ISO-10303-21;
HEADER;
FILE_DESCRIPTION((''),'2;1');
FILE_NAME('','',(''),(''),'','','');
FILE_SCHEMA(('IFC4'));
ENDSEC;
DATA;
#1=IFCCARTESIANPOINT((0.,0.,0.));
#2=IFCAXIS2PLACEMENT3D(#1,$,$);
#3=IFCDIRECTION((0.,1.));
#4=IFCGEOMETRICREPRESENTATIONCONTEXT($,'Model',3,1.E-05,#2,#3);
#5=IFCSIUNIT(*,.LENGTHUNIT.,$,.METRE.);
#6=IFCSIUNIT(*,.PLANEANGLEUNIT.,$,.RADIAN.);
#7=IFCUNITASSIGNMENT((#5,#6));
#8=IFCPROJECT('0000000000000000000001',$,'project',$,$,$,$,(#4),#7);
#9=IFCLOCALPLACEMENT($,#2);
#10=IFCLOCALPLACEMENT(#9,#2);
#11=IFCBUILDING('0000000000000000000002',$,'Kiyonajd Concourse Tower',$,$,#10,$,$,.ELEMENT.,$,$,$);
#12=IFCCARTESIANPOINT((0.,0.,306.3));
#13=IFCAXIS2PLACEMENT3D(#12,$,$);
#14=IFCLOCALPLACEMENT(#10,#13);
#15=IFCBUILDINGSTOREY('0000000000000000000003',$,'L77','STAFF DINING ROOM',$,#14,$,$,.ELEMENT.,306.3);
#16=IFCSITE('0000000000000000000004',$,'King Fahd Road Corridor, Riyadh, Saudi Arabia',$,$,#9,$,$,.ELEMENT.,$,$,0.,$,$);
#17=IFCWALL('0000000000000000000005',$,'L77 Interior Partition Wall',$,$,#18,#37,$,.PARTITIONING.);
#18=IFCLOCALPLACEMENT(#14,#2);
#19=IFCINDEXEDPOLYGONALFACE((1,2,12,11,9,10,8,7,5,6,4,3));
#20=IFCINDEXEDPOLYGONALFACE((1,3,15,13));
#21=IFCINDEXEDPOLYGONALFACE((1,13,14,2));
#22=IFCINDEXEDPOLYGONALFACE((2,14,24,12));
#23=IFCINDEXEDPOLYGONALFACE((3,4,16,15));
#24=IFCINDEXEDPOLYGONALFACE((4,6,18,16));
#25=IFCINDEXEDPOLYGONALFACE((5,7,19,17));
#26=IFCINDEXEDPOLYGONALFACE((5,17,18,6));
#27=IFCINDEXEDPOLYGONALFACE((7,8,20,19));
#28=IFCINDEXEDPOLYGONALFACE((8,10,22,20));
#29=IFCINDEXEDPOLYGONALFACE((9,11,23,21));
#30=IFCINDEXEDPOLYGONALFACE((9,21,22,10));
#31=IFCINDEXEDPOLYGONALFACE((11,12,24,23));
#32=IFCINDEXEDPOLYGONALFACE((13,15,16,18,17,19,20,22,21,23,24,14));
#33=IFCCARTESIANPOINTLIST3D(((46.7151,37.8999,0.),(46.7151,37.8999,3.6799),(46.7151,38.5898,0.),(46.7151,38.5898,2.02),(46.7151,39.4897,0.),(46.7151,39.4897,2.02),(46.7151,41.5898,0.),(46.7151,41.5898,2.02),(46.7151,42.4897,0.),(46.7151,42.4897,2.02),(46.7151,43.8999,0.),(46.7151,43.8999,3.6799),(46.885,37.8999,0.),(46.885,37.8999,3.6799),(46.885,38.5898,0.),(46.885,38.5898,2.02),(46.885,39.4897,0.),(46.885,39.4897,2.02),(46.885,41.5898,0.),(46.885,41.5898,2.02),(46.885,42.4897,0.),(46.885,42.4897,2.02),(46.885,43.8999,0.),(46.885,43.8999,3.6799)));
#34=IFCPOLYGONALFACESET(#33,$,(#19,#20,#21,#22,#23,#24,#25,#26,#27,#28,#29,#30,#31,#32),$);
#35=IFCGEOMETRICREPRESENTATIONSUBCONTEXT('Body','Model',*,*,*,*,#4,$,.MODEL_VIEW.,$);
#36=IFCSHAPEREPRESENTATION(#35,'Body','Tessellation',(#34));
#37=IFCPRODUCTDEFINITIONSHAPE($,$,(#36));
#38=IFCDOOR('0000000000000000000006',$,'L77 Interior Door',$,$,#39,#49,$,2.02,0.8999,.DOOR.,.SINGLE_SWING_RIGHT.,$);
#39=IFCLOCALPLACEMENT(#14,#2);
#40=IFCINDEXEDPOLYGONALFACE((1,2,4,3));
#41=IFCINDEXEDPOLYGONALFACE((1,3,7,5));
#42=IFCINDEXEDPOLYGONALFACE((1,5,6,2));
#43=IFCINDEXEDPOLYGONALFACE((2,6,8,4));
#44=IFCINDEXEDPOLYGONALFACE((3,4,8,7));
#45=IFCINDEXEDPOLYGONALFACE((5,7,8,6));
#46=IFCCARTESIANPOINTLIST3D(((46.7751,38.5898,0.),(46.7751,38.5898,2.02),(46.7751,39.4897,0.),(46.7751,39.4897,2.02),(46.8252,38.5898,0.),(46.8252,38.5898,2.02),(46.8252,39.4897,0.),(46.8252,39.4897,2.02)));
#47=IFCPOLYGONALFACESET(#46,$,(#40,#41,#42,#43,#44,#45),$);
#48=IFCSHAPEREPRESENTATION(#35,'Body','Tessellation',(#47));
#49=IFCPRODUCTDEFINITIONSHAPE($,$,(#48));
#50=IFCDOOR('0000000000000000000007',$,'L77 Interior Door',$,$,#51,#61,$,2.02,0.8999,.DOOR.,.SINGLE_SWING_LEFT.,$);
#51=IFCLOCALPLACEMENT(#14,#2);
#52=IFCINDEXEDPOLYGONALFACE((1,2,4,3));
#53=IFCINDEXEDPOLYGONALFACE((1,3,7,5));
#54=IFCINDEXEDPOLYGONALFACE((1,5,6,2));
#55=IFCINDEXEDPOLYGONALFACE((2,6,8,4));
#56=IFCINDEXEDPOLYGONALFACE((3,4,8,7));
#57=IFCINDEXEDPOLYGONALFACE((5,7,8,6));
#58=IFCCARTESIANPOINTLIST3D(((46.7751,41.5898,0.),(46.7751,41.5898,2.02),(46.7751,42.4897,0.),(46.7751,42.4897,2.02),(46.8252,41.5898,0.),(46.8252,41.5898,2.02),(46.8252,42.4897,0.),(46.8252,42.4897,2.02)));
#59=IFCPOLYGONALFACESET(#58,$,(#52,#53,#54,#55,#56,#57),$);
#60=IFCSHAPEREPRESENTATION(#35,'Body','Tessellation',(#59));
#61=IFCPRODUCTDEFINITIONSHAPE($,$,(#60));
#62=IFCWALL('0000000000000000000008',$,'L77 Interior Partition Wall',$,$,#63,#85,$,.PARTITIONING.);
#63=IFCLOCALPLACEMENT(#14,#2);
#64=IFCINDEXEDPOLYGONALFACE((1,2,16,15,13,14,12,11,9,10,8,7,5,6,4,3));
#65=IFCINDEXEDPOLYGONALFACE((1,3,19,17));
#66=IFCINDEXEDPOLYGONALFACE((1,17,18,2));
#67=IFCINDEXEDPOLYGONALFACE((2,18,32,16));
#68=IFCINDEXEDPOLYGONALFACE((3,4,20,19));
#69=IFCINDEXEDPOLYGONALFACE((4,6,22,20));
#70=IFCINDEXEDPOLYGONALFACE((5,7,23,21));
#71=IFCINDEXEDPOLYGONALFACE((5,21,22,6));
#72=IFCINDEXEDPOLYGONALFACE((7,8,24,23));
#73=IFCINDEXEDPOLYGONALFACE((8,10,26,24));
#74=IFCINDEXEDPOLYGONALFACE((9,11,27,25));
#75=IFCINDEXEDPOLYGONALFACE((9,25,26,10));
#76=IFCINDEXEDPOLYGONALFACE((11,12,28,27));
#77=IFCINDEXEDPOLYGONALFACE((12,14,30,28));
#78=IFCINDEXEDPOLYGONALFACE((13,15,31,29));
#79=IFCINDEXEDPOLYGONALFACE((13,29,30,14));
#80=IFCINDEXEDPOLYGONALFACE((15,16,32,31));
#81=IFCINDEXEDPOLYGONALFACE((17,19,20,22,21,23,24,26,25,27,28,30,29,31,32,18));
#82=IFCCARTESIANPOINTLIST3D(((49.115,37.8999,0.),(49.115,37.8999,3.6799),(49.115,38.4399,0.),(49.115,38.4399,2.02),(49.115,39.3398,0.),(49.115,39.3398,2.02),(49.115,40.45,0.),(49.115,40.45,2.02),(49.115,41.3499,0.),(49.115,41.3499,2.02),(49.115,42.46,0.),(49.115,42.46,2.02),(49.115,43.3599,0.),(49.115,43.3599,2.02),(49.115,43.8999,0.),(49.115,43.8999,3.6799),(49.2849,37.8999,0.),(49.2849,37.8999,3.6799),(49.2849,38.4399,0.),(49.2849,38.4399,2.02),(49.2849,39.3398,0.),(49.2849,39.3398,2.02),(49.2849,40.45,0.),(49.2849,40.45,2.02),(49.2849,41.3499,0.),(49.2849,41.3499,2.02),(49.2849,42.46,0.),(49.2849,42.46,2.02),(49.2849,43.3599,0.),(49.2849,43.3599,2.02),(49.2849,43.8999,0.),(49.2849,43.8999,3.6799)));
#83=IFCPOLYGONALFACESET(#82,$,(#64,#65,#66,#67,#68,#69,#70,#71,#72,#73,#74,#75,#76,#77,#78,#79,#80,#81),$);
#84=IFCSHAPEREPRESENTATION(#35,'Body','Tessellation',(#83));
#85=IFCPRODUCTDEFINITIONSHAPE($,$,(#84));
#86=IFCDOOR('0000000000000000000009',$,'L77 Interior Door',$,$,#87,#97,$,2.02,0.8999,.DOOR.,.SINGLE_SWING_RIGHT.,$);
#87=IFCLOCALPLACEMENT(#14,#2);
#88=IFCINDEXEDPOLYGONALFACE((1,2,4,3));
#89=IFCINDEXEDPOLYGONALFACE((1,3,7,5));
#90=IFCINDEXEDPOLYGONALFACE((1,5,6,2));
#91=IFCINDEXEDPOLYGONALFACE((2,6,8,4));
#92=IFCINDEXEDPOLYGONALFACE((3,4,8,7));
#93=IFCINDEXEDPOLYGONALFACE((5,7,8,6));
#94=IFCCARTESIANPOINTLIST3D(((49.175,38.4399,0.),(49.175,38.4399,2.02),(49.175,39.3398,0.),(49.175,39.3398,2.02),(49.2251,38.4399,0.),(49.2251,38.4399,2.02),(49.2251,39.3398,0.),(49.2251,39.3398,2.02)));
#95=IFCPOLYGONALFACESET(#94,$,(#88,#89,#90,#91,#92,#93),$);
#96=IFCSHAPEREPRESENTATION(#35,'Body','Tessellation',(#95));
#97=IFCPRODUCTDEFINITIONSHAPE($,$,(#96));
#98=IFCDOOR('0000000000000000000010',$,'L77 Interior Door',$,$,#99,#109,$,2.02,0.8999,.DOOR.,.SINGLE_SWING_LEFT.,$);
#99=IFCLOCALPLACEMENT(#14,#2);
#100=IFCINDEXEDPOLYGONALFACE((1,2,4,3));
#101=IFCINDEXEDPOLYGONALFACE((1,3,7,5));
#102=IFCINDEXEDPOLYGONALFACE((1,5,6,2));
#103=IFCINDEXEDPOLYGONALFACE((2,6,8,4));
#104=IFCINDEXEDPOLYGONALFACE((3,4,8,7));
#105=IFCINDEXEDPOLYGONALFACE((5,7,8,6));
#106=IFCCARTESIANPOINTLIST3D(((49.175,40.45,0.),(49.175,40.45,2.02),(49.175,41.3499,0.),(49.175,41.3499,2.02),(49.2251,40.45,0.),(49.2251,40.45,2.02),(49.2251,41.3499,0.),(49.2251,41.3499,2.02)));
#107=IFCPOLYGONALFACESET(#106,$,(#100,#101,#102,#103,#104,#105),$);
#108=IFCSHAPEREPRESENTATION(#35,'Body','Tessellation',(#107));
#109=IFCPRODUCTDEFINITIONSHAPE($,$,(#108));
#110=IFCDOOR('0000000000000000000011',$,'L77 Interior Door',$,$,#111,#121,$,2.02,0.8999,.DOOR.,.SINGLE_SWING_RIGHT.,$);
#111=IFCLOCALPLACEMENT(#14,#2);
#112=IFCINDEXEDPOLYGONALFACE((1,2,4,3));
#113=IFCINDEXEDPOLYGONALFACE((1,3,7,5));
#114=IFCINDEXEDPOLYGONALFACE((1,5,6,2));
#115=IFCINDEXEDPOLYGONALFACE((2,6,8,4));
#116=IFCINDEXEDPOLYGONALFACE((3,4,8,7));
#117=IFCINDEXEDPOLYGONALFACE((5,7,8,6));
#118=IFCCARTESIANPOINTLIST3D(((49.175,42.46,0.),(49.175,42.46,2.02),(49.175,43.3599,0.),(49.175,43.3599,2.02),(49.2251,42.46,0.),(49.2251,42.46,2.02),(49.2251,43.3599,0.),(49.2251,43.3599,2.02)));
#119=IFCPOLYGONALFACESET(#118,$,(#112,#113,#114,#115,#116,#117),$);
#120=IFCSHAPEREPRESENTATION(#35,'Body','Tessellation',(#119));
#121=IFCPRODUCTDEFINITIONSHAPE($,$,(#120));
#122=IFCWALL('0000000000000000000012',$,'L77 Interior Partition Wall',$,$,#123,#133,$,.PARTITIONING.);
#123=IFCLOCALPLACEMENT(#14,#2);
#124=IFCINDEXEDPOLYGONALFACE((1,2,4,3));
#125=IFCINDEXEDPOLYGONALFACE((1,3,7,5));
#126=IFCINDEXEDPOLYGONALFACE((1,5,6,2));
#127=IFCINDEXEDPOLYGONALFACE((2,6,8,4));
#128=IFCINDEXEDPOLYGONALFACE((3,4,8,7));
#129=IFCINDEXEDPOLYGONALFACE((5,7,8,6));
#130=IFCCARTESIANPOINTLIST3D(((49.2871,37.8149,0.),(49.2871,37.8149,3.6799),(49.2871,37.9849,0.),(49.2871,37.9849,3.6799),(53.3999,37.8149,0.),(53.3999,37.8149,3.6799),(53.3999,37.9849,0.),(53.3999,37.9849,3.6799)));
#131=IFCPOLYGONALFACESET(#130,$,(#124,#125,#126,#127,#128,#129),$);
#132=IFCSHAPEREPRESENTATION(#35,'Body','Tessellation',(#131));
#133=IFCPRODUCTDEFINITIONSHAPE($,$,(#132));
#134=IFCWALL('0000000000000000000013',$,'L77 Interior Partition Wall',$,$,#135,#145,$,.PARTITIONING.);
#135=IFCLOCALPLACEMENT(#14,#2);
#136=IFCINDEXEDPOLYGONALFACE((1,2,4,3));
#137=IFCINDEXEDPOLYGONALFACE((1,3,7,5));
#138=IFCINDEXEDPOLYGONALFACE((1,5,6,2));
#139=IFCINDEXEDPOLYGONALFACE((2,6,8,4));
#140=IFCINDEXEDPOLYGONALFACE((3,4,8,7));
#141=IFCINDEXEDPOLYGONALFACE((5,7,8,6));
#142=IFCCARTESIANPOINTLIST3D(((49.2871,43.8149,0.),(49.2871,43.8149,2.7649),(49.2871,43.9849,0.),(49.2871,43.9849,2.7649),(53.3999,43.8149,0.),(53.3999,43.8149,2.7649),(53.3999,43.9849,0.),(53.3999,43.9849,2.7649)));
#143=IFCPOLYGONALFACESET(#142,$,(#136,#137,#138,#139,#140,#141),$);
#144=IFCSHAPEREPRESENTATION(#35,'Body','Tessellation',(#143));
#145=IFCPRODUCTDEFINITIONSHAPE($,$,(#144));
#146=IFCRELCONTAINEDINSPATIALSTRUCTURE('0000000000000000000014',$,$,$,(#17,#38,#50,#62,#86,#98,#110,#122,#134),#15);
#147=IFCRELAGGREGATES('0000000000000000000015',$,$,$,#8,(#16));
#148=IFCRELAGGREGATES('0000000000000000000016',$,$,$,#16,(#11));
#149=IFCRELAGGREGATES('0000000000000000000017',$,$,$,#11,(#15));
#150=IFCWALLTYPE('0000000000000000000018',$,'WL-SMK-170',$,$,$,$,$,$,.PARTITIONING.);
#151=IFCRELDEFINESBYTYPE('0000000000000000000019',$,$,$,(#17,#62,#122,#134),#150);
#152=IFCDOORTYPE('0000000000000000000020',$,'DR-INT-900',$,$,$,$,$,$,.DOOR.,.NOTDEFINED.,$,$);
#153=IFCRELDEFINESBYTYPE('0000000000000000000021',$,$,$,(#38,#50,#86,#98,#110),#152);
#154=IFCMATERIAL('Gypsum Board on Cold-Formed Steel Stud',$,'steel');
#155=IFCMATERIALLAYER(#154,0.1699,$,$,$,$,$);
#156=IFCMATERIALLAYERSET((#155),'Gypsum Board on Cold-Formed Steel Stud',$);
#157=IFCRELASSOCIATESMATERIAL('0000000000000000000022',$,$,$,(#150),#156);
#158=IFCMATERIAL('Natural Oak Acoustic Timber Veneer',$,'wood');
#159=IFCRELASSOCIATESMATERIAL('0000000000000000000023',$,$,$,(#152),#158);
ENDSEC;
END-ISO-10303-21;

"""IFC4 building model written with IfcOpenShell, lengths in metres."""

from ifc_helpers import new_model, si_unit, direction, frame, frame_2d, origin, place, context, subcontext, project, spatial, rectangle, extrude, material, layer, layer_set, type_object, element, fill, save


model = new_model("IFC4")

# Units and contexts
model_context = context("Model", 3, precision=1e-05, world=origin(), true_north=direction((0.0, 1.0)))
body_context = subcontext(model_context, "Body", "Model", "MODEL_VIEW")
ifc_project = project(units=[si_unit("LENGTHUNIT", "METRE"), si_unit("PLANEANGLEUNIT", "RADIAN")], contexts=[model_context])

# Site, building, storey
site_placement = place(None, origin())
site = spatial("IfcSite", under=ifc_project, at=site_placement, Name="King Fahd Road Corridor, Riyadh, Saudi Arabia", CompositionType="ELEMENT", RefElevation=0.0)
building_placement = place(site_placement, origin())
building = spatial("IfcBuilding", under=site, at=building_placement, Name="Kiyonajd Concourse Tower", CompositionType="ELEMENT")
storey_placement = place(building_placement, frame((0.0, 0.0, 306.3)))
storey = spatial("IfcBuildingStorey", under=building, at=storey_placement, Name="L77", Description="STAFF DINING ROOM", CompositionType="ELEMENT", Elevation=306.3)

# Shared definitions
ifc_material_1 = material(Name="Gypsum Board on Cold-Formed Steel Stud", Category="steel")

# Walls, openings, doors
ifc_layer_1 = layer(ifc_material_1, 0.1699)
ifc_layer_set_1 = layer_set([ifc_layer_1], Name="Gypsum Board on Cold-Formed Steel Stud")
wall_type_1 = type_object("IfcWallType", Name="WL-SMK-170", PredefinedType="PARTITIONING", material=ifc_layer_set_1)
wall_1_placement = place(storey_placement, frame((46.8, 37.8999, 0.0), z_axis=(0.0, 0.0, 1.0), x_axis=(0.0, 1.0, 0.0)))
wall_1 = element("IfcWall", 1, at=wall_1_placement, inside=storey, type_object=wall_type_1, Name="L77 Interior Partition Wall", PredefinedType="PARTITIONING", context=body_context, shape_type="SweptSolid", body=[
    extrude(rectangle(XDim=6.0, YDim=0.1699, at=frame_2d((3.0, 0.0))), origin(), (0.0, 0.0, 1.0), 3.6799),
])
opening_1_placement = place(wall_1_placement, frame((0.6899, 0.0, 0.0)))
opening_1 = element("IfcOpeningElement", 2, at=opening_1_placement, cuts=wall_1, PredefinedType="OPENING", context=body_context, shape_type="SweptSolid", body=[
    extrude(rectangle(XDim=0.8999, YDim=2.02, at=frame_2d((0.45, 1.01))), frame((0.0, 0.095, 0.0), z_axis=(0.0, -1.0, 0.0), x_axis=(1.0, 0.0, 0.0)), (0.0, 0.0, 1.0), 0.1899),
])
opening_2_placement = place(wall_1_placement, frame((3.6899, 0.0, 0.0)))
opening_2 = element("IfcOpeningElement", 3, at=opening_2_placement, cuts=wall_1, PredefinedType="OPENING", context=body_context, shape_type="SweptSolid", body=[
    extrude(rectangle(XDim=0.8999, YDim=2.02, at=frame_2d((0.45, 1.01))), frame((0.0, 0.095, 0.0), z_axis=(0.0, -1.0, 0.0), x_axis=(1.0, 0.0, 0.0)), (0.0, 0.0, 1.0), 0.1899),
])
ifc_material_2 = material(Name="Natural Oak Acoustic Timber Veneer", Category="wood")
door_type_1 = type_object("IfcDoorType", Name="DR-INT-900", OperationType="NOTDEFINED", PredefinedType="DOOR", material=ifc_material_2)
door_1_placement = place(opening_1_placement, origin())
door_1 = element("IfcDoor", 4, at=door_1_placement, inside=storey, type_object=door_type_1, Name="L77 Interior Door", OperationType="SINGLE_SWING_RIGHT", OverallHeight=2.02, OverallWidth=0.8999, PredefinedType="DOOR", context=body_context, shape_type="SweptSolid", body=[
    extrude(rectangle(XDim=0.8999, YDim=2.02, at=frame_2d((0.45, 1.01))), frame((0.0, 0.0249, 0.0), z_axis=(0.0, -1.0, 0.0), x_axis=(1.0, 0.0, 0.0)), (0.0, 0.0, 1.0), 0.05),
])
fill(opening_1, door_1)
door_2_placement = place(opening_2_placement, origin())
door_2 = element("IfcDoor", 5, at=door_2_placement, inside=storey, type_object=door_type_1, Name="L77 Interior Door", OperationType="SINGLE_SWING_LEFT", OverallHeight=2.02, OverallWidth=0.8999, PredefinedType="DOOR", context=body_context, shape_type="SweptSolid", body=[
    extrude(rectangle(XDim=0.8999, YDim=2.02, at=frame_2d((0.45, 1.01))), frame((0.0, 0.0249, 0.0), z_axis=(0.0, -1.0, 0.0), x_axis=(1.0, 0.0, 0.0)), (0.0, 0.0, 1.0), 0.05),
])
fill(opening_2, door_2)
wall_2_placement = place(storey_placement, frame((49.2, 37.8999, 0.0), z_axis=(0.0, 0.0, 1.0), x_axis=(0.0, 1.0, 0.0)))
wall_2 = element("IfcWall", 6, at=wall_2_placement, inside=storey, type_object=wall_type_1, Name="L77 Interior Partition Wall", PredefinedType="PARTITIONING", context=body_context, shape_type="SweptSolid", body=[
    extrude(rectangle(XDim=6.0, YDim=0.1699, at=frame_2d((3.0, 0.0))), origin(), (0.0, 0.0, 1.0), 3.6799),
])
opening_3_placement = place(wall_2_placement, frame((0.54, 0.0, 0.0)))
opening_3 = element("IfcOpeningElement", 7, at=opening_3_placement, cuts=wall_2, PredefinedType="OPENING", context=body_context, shape_type="SweptSolid", body=[
    extrude(rectangle(XDim=0.8999, YDim=2.02, at=frame_2d((0.45, 1.01))), frame((0.0, 0.095, 0.0), z_axis=(0.0, -1.0, 0.0), x_axis=(1.0, 0.0, 0.0)), (0.0, 0.0, 1.0), 0.1899),
])
opening_4_placement = place(wall_2_placement, frame((2.55, 0.0, 0.0)))
opening_4 = element("IfcOpeningElement", 8, at=opening_4_placement, cuts=wall_2, PredefinedType="OPENING", context=body_context, shape_type="SweptSolid", body=[
    extrude(rectangle(XDim=0.8999, YDim=2.02, at=frame_2d((0.45, 1.01))), frame((0.0, 0.095, 0.0), z_axis=(0.0, -1.0, 0.0), x_axis=(1.0, 0.0, 0.0)), (0.0, 0.0, 1.0), 0.1899),
])
opening_5_placement = place(wall_2_placement, frame((4.5601, 0.0, 0.0)))
opening_5 = element("IfcOpeningElement", 9, at=opening_5_placement, cuts=wall_2, PredefinedType="OPENING", context=body_context, shape_type="SweptSolid", body=[
    extrude(rectangle(XDim=0.8999, YDim=2.02, at=frame_2d((0.45, 1.01))), frame((0.0, 0.095, 0.0), z_axis=(0.0, -1.0, 0.0), x_axis=(1.0, 0.0, 0.0)), (0.0, 0.0, 1.0), 0.1899),
])
door_3_placement = place(opening_3_placement, origin())
door_3 = element("IfcDoor", 10, at=door_3_placement, inside=storey, type_object=door_type_1, Name="L77 Interior Door", OperationType="SINGLE_SWING_RIGHT", OverallHeight=2.02, OverallWidth=0.8999, PredefinedType="DOOR", context=body_context, shape_type="SweptSolid", body=[
    extrude(rectangle(XDim=0.8999, YDim=2.02, at=frame_2d((0.45, 1.01))), frame((0.0, 0.0249, 0.0), z_axis=(0.0, -1.0, 0.0), x_axis=(1.0, 0.0, 0.0)), (0.0, 0.0, 1.0), 0.05),
])
fill(opening_3, door_3)
door_4_placement = place(opening_4_placement, origin())
door_4 = element("IfcDoor", 11, at=door_4_placement, inside=storey, type_object=door_type_1, Name="L77 Interior Door", OperationType="SINGLE_SWING_LEFT", OverallHeight=2.02, OverallWidth=0.8999, PredefinedType="DOOR", context=body_context, shape_type="SweptSolid", body=[
    extrude(rectangle(XDim=0.8999, YDim=2.02, at=frame_2d((0.45, 1.01))), frame((0.0, 0.0249, 0.0), z_axis=(0.0, -1.0, 0.0), x_axis=(1.0, 0.0, 0.0)), (0.0, 0.0, 1.0), 0.05),
])
fill(opening_4, door_4)
door_5_placement = place(opening_5_placement, origin())
door_5 = element("IfcDoor", 12, at=door_5_placement, inside=storey, type_object=door_type_1, Name="L77 Interior Door", OperationType="SINGLE_SWING_RIGHT", OverallHeight=2.02, OverallWidth=0.8999, PredefinedType="DOOR", context=body_context, shape_type="SweptSolid", body=[
    extrude(rectangle(XDim=0.8999, YDim=2.02, at=frame_2d((0.45, 1.01))), frame((0.0, 0.0249, 0.0), z_axis=(0.0, -1.0, 0.0), x_axis=(1.0, 0.0, 0.0)), (0.0, 0.0, 1.0), 0.05),
])
fill(opening_5, door_5)

# Walls
wall_3_placement = place(storey_placement, frame((49.2871, 37.8999, 0.0), z_axis=(0.0, 0.0, 1.0), x_axis=(1.0, 0.0, 0.0)))
element("IfcWall", 13, at=wall_3_placement, inside=storey, type_object=wall_type_1, Name="L77 Interior Partition Wall", PredefinedType="PARTITIONING", context=body_context, shape_type="SweptSolid", body=[
    extrude(rectangle(XDim=4.1128, YDim=0.1699, at=frame_2d((2.0564, 0.0))), origin(), (0.0, 0.0, 1.0), 3.6799),
])
wall_4_placement = place(storey_placement, frame((49.2871, 43.8999, 0.0), z_axis=(0.0, 0.0, 1.0), x_axis=(1.0, 0.0, 0.0)))
element("IfcWall", 14, at=wall_4_placement, inside=storey, type_object=wall_type_1, Name="L77 Interior Partition Wall", PredefinedType="PARTITIONING", context=body_context, shape_type="SweptSolid", body=[
    extrude(rectangle(XDim=4.1128, YDim=0.1699, at=frame_2d((2.0564, 0.0))), origin(), (0.0, 0.0, 1.0), 2.7649),
])

save(model, "model.ifc")
